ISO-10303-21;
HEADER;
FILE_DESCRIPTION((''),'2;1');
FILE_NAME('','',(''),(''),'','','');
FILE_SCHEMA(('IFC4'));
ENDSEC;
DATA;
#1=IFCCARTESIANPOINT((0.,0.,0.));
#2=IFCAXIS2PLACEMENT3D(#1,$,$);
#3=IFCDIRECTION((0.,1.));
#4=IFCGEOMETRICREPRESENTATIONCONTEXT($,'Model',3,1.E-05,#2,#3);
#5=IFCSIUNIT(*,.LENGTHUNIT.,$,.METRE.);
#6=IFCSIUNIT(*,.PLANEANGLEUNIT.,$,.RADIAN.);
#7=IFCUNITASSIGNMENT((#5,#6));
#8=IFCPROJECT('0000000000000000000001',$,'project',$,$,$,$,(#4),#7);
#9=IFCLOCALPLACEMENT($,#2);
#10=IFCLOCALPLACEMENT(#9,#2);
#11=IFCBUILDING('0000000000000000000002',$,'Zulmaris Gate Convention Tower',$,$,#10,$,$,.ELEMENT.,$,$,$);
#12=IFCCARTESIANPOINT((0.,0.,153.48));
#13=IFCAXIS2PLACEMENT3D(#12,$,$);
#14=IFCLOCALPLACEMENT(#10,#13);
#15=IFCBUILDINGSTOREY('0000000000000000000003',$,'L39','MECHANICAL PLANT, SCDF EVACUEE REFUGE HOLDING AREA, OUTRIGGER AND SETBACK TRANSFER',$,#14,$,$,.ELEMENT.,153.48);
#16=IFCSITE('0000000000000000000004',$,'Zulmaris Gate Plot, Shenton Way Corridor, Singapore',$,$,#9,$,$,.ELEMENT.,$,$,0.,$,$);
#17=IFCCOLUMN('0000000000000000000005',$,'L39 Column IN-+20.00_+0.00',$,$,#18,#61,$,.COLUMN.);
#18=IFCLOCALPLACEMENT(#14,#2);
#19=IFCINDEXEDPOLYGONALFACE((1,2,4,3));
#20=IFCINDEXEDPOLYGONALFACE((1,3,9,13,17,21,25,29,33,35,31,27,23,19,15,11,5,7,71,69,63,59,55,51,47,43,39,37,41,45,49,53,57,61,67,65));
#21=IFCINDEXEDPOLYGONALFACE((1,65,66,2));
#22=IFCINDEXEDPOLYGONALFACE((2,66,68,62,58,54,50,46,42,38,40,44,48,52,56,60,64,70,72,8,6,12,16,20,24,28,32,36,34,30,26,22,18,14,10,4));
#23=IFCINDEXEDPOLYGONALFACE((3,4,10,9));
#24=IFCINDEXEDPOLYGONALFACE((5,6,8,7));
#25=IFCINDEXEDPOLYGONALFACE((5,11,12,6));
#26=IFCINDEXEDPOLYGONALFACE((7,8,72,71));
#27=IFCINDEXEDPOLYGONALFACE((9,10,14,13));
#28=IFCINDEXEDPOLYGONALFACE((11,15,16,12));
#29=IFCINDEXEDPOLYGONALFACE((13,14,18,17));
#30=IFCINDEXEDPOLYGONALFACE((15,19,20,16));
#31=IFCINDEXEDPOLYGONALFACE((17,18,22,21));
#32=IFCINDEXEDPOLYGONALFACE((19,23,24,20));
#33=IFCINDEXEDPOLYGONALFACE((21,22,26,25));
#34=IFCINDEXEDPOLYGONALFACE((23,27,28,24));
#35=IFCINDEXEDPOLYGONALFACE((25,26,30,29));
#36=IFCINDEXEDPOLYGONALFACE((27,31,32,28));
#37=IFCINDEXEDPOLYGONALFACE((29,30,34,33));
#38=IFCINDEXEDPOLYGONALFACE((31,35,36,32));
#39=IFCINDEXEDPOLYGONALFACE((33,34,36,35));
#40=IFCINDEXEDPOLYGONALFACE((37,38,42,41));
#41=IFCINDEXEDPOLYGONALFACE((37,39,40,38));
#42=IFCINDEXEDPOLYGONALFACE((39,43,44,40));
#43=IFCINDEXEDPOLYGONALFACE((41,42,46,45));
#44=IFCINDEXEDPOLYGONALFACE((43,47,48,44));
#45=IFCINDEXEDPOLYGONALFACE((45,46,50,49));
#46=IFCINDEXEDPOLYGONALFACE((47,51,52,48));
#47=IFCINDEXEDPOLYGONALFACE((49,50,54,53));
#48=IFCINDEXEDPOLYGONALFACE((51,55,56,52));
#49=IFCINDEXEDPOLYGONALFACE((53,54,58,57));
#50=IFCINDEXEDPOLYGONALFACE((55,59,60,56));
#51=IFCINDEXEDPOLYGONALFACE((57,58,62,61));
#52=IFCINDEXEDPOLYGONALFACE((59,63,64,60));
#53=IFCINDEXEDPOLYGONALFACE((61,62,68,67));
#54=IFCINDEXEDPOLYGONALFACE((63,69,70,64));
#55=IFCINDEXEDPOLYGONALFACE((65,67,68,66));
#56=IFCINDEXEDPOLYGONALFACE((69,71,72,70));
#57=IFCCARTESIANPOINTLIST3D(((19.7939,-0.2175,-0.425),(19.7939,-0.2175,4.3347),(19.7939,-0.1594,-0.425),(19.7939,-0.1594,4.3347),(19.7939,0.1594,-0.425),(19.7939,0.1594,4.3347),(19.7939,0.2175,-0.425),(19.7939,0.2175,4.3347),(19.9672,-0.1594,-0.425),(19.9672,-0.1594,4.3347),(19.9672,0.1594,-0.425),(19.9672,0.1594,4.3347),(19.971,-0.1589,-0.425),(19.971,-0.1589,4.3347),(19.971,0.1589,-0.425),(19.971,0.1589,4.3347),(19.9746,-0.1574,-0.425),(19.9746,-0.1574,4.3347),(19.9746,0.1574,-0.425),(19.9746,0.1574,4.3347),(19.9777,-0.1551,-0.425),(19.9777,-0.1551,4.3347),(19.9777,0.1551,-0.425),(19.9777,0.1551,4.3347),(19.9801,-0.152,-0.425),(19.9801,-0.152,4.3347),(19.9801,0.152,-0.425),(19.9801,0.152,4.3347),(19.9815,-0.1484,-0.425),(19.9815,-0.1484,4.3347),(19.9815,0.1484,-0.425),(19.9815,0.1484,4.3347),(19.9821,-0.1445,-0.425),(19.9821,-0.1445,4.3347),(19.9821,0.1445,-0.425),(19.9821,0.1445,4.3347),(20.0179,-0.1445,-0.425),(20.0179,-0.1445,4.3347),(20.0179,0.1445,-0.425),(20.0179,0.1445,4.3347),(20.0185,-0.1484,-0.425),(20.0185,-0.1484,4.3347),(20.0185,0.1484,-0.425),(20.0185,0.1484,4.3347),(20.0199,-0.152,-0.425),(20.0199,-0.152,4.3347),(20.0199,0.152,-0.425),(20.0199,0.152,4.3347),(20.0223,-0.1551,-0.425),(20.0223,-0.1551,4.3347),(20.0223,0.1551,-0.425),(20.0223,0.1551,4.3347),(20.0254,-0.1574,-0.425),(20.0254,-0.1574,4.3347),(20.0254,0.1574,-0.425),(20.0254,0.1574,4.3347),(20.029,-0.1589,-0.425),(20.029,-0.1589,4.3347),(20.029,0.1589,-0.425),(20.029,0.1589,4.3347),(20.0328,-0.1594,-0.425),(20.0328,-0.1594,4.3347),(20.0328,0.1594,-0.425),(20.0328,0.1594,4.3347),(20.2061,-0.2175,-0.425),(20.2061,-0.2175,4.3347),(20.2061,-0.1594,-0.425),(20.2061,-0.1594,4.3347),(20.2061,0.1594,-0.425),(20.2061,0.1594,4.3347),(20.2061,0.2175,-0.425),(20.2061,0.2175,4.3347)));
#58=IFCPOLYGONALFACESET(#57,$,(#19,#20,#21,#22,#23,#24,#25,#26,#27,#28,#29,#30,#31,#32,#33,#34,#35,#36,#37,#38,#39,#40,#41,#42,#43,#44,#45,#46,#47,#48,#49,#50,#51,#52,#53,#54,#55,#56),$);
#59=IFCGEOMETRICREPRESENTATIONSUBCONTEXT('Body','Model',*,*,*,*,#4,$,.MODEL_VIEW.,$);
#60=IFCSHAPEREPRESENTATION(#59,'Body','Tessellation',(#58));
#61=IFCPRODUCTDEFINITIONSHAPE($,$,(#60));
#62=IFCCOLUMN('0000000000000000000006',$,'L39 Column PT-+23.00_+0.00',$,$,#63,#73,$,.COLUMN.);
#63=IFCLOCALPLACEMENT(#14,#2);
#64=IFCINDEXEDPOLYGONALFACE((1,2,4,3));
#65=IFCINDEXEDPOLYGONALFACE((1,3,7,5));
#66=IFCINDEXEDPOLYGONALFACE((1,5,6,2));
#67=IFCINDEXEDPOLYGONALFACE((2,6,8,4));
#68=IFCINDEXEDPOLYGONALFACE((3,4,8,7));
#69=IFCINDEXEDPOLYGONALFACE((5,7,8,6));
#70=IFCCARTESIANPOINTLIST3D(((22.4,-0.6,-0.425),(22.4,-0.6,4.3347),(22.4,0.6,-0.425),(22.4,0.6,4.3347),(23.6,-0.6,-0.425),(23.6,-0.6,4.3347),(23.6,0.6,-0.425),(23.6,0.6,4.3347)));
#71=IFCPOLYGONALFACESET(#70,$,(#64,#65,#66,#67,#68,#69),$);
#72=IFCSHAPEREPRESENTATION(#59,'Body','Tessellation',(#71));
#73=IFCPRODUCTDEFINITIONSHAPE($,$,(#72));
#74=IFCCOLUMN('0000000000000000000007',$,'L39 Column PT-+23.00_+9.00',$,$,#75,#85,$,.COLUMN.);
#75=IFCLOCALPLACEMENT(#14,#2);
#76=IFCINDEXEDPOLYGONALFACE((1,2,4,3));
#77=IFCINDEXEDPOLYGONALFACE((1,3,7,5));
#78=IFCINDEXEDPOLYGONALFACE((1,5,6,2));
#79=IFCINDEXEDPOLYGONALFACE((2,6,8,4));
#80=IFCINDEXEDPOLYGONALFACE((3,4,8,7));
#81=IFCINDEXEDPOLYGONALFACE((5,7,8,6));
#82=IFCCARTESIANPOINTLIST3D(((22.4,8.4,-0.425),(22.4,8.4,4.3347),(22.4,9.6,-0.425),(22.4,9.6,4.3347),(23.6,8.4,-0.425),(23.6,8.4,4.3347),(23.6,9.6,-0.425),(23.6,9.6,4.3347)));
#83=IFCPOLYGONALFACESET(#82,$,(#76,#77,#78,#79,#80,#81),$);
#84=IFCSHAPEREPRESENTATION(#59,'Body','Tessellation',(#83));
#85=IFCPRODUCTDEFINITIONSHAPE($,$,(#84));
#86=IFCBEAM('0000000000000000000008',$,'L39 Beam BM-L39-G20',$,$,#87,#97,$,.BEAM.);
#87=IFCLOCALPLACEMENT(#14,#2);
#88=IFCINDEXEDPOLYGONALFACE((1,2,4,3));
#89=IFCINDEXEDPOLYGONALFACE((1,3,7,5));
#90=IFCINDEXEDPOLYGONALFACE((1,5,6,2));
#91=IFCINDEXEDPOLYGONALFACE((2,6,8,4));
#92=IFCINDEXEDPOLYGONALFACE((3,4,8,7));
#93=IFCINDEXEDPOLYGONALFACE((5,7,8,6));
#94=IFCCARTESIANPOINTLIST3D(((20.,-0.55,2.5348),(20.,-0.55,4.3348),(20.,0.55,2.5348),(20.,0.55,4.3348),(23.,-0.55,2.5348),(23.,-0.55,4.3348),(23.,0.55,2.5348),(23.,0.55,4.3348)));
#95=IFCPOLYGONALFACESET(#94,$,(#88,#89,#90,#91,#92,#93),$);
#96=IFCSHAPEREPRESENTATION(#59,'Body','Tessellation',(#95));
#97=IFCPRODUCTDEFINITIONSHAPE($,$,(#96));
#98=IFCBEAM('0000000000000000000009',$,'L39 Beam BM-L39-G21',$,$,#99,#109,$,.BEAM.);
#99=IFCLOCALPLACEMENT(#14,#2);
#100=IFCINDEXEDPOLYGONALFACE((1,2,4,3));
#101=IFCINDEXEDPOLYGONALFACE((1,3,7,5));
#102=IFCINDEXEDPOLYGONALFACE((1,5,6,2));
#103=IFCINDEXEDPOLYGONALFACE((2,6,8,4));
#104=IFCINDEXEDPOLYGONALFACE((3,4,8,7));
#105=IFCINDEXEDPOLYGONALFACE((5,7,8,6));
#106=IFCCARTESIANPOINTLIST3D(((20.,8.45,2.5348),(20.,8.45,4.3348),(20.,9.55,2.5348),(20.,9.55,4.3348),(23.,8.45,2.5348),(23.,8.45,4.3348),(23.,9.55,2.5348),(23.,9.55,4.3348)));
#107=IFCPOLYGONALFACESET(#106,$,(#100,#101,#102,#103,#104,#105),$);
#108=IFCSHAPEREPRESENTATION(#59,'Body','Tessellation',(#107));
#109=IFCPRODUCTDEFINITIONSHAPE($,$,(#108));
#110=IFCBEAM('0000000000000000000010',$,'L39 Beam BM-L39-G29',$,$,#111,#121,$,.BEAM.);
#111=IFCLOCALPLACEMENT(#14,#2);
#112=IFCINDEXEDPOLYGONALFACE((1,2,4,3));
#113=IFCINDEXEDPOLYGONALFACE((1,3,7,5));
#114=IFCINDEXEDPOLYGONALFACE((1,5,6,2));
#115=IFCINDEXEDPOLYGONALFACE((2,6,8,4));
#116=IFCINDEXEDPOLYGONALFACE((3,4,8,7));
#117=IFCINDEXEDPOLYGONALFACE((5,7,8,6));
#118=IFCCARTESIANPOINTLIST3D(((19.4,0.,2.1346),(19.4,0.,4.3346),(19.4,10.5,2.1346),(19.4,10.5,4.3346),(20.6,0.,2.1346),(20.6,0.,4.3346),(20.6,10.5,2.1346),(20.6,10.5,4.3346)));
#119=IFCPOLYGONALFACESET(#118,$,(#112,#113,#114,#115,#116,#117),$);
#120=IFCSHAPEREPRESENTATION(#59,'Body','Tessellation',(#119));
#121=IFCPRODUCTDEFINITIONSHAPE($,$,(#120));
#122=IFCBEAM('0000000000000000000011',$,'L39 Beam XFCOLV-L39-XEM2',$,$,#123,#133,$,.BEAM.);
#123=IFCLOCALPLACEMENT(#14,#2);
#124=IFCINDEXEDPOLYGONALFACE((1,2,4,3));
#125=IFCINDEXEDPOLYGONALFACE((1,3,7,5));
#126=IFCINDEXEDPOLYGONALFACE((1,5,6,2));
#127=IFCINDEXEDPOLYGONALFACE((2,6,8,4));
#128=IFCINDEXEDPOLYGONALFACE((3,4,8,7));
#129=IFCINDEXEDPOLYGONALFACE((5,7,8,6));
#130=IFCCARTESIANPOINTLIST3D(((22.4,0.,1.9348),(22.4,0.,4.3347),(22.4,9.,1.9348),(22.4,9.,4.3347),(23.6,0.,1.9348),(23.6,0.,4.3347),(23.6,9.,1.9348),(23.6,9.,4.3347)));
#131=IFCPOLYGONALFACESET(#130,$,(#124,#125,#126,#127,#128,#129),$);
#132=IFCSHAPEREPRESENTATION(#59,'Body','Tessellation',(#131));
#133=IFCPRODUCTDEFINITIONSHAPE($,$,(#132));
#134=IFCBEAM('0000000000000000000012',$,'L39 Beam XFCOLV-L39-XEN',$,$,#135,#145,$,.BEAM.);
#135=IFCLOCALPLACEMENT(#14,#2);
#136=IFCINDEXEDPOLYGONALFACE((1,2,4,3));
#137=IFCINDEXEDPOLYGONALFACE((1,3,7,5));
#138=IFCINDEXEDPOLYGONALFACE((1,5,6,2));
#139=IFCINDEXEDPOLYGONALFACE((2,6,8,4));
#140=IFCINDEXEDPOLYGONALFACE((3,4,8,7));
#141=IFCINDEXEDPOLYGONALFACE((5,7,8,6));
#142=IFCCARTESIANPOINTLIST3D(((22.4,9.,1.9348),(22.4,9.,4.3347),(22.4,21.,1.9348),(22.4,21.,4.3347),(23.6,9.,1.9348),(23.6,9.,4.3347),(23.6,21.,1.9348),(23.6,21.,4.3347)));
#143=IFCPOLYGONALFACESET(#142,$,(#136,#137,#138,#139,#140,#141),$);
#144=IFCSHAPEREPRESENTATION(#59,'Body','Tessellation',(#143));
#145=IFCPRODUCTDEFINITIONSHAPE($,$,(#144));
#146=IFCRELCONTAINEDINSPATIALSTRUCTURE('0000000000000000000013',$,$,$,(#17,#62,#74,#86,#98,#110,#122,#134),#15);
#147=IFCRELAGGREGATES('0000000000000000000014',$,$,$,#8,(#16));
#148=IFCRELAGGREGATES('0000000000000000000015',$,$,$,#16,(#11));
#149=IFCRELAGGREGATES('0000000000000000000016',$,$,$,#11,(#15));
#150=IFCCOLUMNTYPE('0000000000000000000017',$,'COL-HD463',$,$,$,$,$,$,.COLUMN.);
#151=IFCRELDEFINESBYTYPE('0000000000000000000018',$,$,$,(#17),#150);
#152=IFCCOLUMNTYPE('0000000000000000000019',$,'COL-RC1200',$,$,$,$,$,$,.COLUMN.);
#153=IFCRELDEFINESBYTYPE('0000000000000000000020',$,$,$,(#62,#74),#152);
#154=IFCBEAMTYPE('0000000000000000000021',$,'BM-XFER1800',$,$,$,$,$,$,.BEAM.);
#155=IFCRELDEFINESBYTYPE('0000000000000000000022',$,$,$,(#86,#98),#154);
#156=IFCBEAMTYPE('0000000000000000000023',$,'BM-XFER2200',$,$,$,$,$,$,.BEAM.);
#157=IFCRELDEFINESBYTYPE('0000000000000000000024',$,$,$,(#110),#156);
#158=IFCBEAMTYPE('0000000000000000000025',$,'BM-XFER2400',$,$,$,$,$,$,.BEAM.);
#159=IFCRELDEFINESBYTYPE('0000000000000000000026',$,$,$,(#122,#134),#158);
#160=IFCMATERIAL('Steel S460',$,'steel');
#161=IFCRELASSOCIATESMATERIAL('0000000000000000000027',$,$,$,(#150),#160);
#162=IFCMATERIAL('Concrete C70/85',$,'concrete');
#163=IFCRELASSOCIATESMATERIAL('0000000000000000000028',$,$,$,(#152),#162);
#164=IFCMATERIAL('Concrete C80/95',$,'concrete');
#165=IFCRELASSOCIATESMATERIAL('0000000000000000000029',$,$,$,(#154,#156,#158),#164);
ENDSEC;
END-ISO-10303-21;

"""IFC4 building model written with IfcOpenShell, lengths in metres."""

from ifc_helpers import new_model, si_unit, direction, frame, origin, origin_2d, place, context, subcontext, project, spatial, rectangle, i_section, extrude, material, material_profile, profile_set, type_object, element, save


model = new_model("IFC4")

# Units and contexts
model_context = context("Model", 3, precision=1e-05, world=origin(), true_north=direction((0.0, 1.0)))
body_context = subcontext(model_context, "Body", "Model", "MODEL_VIEW")
ifc_project = project(units=[si_unit("LENGTHUNIT", "METRE"), si_unit("PLANEANGLEUNIT", "RADIAN")], contexts=[model_context])

# Site, building, storey
site_placement = place(None, origin())
site = spatial("IfcSite", under=ifc_project, at=site_placement, Name="Zulmaris Gate Plot, Shenton Way Corridor, Singapore", CompositionType="ELEMENT", RefElevation=0.0)
building_placement = place(site_placement, origin())
building = spatial("IfcBuilding", under=site, at=building_placement, Name="Zulmaris Gate Convention Tower", CompositionType="ELEMENT")
storey_placement = place(building_placement, frame((0.0, 0.0, 153.48)))
storey = spatial("IfcBuildingStorey", under=building, at=storey_placement, Name="L39", Description="MECHANICAL PLANT, SCDF EVACUEE REFUGE HOLDING AREA, OUTRIGGER AND SETBACK TRANSFER", CompositionType="ELEMENT", Elevation=153.48)

# Columns
ifc_material_1 = material(Name="Steel S460", Category="steel")
ifc_material_profile_1 = material_profile(ifc_material_1, i_section(OverallWidth=0.4121, OverallDepth=0.4351, WebThickness=0.0359, FlangeThickness=0.0581, FilletRadius=0.0149, at=origin_2d()), Name="HD 400x463")
ifc_profile_set_1 = profile_set([ifc_material_profile_1], Name="Steel S460")
column_type_1 = type_object("IfcColumnType", Name="COL-HD463", PredefinedType="COLUMN", material=ifc_profile_set_1)
column_placement = place(storey_placement, frame((20.0, 0.0, -0.425), z_axis=(0.0, 0.0, 1.0), x_axis=(1.0, 0.0, 0.0)))
element("IfcColumn", 1, at=column_placement, inside=storey, type_object=column_type_1, Name="L39 Column IN-+20.00_+0.00", PredefinedType="COLUMN", context=body_context, shape_type="SweptSolid", body=[
    extrude(i_section(OverallWidth=0.4121, OverallDepth=0.4351, WebThickness=0.0359, FlangeThickness=0.0581, FilletRadius=0.0149, at=origin_2d()), origin(), (0.0, 0.0, 1.0), 4.7598),
])
ifc_material_2 = material(Name="Concrete C70/85", Category="concrete")
ifc_material_profile_2 = material_profile(ifc_material_2, rectangle(XDim=1.2, YDim=1.2, at=origin_2d()), Name="RC COL 1200x1200")
ifc_profile_set_2 = profile_set([ifc_material_profile_2], Name="Concrete C70/85")
column_type_2 = type_object("IfcColumnType", Name="COL-RC1200", PredefinedType="COLUMN", material=ifc_profile_set_2)
for number, where, z_axis, x_axis, name in (
    (2, (23.0, 0.0, -0.425), (0.0, 0.0, 1.0), (1.0, 0.0, 0.0), "L39 Column PT-+23.00_+0.00"),
    (3, (23.0, 9.0, -0.425), (0.0, 0.0, 1.0), (1.0, 0.0, 0.0), "L39 Column PT-+23.00_+9.00"),
):
    element("IfcColumn", number, at=place(storey_placement, frame(where, z_axis=z_axis, x_axis=x_axis)), inside=storey, type_object=column_type_2, Name=name, PredefinedType="COLUMN", context=body_context, shape_type="SweptSolid", body=[
        extrude(rectangle(XDim=1.2, YDim=1.2, at=origin_2d()), origin(), (0.0, 0.0, 1.0), 4.7598),
    ])

# Beams
ifc_material_3 = material(Name="Concrete C80/95", Category="concrete")
ifc_material_profile_3 = material_profile(ifc_material_3, rectangle(XDim=1.1001, YDim=1.8, at=origin_2d()), Name="RC TRANSFER 1100x1800")
ifc_profile_set_3 = profile_set([ifc_material_profile_3], Name="Concrete C80/95")
beam_type_1 = type_object("IfcBeamType", Name="BM-XFER1800", PredefinedType="BEAM", material=ifc_profile_set_3)
for number, where, z_axis, x_axis, name in (
    (4, (20.0, 0.0, 3.4348), (1.0, 0.0, 0.0), (0.0, 1.0, 0.0), "L39 Beam BM-L39-G20"),
    (5, (20.0, 9.0, 3.4348), (1.0, 0.0, 0.0), (0.0, 1.0, 0.0), "L39 Beam BM-L39-G21"),
):
    element("IfcBeam", number, at=place(storey_placement, frame(where, z_axis=z_axis, x_axis=x_axis)), inside=storey, type_object=beam_type_1, Name=name, PredefinedType="BEAM", context=body_context, shape_type="SweptSolid", body=[
        extrude(rectangle(XDim=1.1001, YDim=1.8, at=origin_2d()), origin(), (0.0, 0.0, 1.0), 3.0),
    ])
ifc_material_profile_4 = material_profile(ifc_material_3, rectangle(XDim=1.2, YDim=2.2, at=origin_2d()), Name="RC TRANSFER 1200x2200")
ifc_profile_set_4 = profile_set([ifc_material_profile_4], Name="Concrete C80/95")
beam_type_2 = type_object("IfcBeamType", Name="BM-XFER2200", PredefinedType="BEAM", material=ifc_profile_set_4)
beam_1_placement = place(storey_placement, frame((20.0, 0.0, 3.2346), z_axis=(0.0, 1.0, 0.0), x_axis=(-1.0, 0.0, 0.0)))
element("IfcBeam", 6, at=beam_1_placement, inside=storey, type_object=beam_type_2, Name="L39 Beam BM-L39-G29", PredefinedType="BEAM", context=body_context, shape_type="SweptSolid", body=[
    extrude(rectangle(XDim=1.2, YDim=2.2, at=origin_2d()), origin(), (0.0, 0.0, 1.0), 10.5),
])
ifc_material_profile_5 = material_profile(ifc_material_3, rectangle(XDim=1.2, YDim=2.3999, at=origin_2d()), Name="RC TRANSFER 1200x2400")
ifc_profile_set_5 = profile_set([ifc_material_profile_5], Name="Concrete C80/95")
beam_type_3 = type_object("IfcBeamType", Name="BM-XFER2400", PredefinedType="BEAM", material=ifc_profile_set_5)
beam_2_placement = place(storey_placement, frame((23.0, 0.0, 3.1348), z_axis=(0.0, 1.0, 0.0), x_axis=(-1.0, 0.0, 0.0)))
element("IfcBeam", 7, at=beam_2_placement, inside=storey, type_object=beam_type_3, Name="L39 Beam XFCOLV-L39-XEM2", PredefinedType="BEAM", context=body_context, shape_type="SweptSolid", body=[
    extrude(rectangle(XDim=1.2, YDim=2.3999, at=origin_2d()), origin(), (0.0, 0.0, 1.0), 9.0),
])
beam_3_placement = place(storey_placement, frame((23.0, 9.0, 3.1348), z_axis=(0.0, 1.0, 0.0), x_axis=(-1.0, 0.0, 0.0)))
element("IfcBeam", 8, at=beam_3_placement, inside=storey, type_object=beam_type_3, Name="L39 Beam XFCOLV-L39-XEN", PredefinedType="BEAM", context=body_context, shape_type="SweptSolid", body=[
    extrude(rectangle(XDim=1.2, YDim=2.3999, at=origin_2d()), origin(), (0.0, 0.0, 1.0), 12.0),
])

save(model, "model.ifc")
